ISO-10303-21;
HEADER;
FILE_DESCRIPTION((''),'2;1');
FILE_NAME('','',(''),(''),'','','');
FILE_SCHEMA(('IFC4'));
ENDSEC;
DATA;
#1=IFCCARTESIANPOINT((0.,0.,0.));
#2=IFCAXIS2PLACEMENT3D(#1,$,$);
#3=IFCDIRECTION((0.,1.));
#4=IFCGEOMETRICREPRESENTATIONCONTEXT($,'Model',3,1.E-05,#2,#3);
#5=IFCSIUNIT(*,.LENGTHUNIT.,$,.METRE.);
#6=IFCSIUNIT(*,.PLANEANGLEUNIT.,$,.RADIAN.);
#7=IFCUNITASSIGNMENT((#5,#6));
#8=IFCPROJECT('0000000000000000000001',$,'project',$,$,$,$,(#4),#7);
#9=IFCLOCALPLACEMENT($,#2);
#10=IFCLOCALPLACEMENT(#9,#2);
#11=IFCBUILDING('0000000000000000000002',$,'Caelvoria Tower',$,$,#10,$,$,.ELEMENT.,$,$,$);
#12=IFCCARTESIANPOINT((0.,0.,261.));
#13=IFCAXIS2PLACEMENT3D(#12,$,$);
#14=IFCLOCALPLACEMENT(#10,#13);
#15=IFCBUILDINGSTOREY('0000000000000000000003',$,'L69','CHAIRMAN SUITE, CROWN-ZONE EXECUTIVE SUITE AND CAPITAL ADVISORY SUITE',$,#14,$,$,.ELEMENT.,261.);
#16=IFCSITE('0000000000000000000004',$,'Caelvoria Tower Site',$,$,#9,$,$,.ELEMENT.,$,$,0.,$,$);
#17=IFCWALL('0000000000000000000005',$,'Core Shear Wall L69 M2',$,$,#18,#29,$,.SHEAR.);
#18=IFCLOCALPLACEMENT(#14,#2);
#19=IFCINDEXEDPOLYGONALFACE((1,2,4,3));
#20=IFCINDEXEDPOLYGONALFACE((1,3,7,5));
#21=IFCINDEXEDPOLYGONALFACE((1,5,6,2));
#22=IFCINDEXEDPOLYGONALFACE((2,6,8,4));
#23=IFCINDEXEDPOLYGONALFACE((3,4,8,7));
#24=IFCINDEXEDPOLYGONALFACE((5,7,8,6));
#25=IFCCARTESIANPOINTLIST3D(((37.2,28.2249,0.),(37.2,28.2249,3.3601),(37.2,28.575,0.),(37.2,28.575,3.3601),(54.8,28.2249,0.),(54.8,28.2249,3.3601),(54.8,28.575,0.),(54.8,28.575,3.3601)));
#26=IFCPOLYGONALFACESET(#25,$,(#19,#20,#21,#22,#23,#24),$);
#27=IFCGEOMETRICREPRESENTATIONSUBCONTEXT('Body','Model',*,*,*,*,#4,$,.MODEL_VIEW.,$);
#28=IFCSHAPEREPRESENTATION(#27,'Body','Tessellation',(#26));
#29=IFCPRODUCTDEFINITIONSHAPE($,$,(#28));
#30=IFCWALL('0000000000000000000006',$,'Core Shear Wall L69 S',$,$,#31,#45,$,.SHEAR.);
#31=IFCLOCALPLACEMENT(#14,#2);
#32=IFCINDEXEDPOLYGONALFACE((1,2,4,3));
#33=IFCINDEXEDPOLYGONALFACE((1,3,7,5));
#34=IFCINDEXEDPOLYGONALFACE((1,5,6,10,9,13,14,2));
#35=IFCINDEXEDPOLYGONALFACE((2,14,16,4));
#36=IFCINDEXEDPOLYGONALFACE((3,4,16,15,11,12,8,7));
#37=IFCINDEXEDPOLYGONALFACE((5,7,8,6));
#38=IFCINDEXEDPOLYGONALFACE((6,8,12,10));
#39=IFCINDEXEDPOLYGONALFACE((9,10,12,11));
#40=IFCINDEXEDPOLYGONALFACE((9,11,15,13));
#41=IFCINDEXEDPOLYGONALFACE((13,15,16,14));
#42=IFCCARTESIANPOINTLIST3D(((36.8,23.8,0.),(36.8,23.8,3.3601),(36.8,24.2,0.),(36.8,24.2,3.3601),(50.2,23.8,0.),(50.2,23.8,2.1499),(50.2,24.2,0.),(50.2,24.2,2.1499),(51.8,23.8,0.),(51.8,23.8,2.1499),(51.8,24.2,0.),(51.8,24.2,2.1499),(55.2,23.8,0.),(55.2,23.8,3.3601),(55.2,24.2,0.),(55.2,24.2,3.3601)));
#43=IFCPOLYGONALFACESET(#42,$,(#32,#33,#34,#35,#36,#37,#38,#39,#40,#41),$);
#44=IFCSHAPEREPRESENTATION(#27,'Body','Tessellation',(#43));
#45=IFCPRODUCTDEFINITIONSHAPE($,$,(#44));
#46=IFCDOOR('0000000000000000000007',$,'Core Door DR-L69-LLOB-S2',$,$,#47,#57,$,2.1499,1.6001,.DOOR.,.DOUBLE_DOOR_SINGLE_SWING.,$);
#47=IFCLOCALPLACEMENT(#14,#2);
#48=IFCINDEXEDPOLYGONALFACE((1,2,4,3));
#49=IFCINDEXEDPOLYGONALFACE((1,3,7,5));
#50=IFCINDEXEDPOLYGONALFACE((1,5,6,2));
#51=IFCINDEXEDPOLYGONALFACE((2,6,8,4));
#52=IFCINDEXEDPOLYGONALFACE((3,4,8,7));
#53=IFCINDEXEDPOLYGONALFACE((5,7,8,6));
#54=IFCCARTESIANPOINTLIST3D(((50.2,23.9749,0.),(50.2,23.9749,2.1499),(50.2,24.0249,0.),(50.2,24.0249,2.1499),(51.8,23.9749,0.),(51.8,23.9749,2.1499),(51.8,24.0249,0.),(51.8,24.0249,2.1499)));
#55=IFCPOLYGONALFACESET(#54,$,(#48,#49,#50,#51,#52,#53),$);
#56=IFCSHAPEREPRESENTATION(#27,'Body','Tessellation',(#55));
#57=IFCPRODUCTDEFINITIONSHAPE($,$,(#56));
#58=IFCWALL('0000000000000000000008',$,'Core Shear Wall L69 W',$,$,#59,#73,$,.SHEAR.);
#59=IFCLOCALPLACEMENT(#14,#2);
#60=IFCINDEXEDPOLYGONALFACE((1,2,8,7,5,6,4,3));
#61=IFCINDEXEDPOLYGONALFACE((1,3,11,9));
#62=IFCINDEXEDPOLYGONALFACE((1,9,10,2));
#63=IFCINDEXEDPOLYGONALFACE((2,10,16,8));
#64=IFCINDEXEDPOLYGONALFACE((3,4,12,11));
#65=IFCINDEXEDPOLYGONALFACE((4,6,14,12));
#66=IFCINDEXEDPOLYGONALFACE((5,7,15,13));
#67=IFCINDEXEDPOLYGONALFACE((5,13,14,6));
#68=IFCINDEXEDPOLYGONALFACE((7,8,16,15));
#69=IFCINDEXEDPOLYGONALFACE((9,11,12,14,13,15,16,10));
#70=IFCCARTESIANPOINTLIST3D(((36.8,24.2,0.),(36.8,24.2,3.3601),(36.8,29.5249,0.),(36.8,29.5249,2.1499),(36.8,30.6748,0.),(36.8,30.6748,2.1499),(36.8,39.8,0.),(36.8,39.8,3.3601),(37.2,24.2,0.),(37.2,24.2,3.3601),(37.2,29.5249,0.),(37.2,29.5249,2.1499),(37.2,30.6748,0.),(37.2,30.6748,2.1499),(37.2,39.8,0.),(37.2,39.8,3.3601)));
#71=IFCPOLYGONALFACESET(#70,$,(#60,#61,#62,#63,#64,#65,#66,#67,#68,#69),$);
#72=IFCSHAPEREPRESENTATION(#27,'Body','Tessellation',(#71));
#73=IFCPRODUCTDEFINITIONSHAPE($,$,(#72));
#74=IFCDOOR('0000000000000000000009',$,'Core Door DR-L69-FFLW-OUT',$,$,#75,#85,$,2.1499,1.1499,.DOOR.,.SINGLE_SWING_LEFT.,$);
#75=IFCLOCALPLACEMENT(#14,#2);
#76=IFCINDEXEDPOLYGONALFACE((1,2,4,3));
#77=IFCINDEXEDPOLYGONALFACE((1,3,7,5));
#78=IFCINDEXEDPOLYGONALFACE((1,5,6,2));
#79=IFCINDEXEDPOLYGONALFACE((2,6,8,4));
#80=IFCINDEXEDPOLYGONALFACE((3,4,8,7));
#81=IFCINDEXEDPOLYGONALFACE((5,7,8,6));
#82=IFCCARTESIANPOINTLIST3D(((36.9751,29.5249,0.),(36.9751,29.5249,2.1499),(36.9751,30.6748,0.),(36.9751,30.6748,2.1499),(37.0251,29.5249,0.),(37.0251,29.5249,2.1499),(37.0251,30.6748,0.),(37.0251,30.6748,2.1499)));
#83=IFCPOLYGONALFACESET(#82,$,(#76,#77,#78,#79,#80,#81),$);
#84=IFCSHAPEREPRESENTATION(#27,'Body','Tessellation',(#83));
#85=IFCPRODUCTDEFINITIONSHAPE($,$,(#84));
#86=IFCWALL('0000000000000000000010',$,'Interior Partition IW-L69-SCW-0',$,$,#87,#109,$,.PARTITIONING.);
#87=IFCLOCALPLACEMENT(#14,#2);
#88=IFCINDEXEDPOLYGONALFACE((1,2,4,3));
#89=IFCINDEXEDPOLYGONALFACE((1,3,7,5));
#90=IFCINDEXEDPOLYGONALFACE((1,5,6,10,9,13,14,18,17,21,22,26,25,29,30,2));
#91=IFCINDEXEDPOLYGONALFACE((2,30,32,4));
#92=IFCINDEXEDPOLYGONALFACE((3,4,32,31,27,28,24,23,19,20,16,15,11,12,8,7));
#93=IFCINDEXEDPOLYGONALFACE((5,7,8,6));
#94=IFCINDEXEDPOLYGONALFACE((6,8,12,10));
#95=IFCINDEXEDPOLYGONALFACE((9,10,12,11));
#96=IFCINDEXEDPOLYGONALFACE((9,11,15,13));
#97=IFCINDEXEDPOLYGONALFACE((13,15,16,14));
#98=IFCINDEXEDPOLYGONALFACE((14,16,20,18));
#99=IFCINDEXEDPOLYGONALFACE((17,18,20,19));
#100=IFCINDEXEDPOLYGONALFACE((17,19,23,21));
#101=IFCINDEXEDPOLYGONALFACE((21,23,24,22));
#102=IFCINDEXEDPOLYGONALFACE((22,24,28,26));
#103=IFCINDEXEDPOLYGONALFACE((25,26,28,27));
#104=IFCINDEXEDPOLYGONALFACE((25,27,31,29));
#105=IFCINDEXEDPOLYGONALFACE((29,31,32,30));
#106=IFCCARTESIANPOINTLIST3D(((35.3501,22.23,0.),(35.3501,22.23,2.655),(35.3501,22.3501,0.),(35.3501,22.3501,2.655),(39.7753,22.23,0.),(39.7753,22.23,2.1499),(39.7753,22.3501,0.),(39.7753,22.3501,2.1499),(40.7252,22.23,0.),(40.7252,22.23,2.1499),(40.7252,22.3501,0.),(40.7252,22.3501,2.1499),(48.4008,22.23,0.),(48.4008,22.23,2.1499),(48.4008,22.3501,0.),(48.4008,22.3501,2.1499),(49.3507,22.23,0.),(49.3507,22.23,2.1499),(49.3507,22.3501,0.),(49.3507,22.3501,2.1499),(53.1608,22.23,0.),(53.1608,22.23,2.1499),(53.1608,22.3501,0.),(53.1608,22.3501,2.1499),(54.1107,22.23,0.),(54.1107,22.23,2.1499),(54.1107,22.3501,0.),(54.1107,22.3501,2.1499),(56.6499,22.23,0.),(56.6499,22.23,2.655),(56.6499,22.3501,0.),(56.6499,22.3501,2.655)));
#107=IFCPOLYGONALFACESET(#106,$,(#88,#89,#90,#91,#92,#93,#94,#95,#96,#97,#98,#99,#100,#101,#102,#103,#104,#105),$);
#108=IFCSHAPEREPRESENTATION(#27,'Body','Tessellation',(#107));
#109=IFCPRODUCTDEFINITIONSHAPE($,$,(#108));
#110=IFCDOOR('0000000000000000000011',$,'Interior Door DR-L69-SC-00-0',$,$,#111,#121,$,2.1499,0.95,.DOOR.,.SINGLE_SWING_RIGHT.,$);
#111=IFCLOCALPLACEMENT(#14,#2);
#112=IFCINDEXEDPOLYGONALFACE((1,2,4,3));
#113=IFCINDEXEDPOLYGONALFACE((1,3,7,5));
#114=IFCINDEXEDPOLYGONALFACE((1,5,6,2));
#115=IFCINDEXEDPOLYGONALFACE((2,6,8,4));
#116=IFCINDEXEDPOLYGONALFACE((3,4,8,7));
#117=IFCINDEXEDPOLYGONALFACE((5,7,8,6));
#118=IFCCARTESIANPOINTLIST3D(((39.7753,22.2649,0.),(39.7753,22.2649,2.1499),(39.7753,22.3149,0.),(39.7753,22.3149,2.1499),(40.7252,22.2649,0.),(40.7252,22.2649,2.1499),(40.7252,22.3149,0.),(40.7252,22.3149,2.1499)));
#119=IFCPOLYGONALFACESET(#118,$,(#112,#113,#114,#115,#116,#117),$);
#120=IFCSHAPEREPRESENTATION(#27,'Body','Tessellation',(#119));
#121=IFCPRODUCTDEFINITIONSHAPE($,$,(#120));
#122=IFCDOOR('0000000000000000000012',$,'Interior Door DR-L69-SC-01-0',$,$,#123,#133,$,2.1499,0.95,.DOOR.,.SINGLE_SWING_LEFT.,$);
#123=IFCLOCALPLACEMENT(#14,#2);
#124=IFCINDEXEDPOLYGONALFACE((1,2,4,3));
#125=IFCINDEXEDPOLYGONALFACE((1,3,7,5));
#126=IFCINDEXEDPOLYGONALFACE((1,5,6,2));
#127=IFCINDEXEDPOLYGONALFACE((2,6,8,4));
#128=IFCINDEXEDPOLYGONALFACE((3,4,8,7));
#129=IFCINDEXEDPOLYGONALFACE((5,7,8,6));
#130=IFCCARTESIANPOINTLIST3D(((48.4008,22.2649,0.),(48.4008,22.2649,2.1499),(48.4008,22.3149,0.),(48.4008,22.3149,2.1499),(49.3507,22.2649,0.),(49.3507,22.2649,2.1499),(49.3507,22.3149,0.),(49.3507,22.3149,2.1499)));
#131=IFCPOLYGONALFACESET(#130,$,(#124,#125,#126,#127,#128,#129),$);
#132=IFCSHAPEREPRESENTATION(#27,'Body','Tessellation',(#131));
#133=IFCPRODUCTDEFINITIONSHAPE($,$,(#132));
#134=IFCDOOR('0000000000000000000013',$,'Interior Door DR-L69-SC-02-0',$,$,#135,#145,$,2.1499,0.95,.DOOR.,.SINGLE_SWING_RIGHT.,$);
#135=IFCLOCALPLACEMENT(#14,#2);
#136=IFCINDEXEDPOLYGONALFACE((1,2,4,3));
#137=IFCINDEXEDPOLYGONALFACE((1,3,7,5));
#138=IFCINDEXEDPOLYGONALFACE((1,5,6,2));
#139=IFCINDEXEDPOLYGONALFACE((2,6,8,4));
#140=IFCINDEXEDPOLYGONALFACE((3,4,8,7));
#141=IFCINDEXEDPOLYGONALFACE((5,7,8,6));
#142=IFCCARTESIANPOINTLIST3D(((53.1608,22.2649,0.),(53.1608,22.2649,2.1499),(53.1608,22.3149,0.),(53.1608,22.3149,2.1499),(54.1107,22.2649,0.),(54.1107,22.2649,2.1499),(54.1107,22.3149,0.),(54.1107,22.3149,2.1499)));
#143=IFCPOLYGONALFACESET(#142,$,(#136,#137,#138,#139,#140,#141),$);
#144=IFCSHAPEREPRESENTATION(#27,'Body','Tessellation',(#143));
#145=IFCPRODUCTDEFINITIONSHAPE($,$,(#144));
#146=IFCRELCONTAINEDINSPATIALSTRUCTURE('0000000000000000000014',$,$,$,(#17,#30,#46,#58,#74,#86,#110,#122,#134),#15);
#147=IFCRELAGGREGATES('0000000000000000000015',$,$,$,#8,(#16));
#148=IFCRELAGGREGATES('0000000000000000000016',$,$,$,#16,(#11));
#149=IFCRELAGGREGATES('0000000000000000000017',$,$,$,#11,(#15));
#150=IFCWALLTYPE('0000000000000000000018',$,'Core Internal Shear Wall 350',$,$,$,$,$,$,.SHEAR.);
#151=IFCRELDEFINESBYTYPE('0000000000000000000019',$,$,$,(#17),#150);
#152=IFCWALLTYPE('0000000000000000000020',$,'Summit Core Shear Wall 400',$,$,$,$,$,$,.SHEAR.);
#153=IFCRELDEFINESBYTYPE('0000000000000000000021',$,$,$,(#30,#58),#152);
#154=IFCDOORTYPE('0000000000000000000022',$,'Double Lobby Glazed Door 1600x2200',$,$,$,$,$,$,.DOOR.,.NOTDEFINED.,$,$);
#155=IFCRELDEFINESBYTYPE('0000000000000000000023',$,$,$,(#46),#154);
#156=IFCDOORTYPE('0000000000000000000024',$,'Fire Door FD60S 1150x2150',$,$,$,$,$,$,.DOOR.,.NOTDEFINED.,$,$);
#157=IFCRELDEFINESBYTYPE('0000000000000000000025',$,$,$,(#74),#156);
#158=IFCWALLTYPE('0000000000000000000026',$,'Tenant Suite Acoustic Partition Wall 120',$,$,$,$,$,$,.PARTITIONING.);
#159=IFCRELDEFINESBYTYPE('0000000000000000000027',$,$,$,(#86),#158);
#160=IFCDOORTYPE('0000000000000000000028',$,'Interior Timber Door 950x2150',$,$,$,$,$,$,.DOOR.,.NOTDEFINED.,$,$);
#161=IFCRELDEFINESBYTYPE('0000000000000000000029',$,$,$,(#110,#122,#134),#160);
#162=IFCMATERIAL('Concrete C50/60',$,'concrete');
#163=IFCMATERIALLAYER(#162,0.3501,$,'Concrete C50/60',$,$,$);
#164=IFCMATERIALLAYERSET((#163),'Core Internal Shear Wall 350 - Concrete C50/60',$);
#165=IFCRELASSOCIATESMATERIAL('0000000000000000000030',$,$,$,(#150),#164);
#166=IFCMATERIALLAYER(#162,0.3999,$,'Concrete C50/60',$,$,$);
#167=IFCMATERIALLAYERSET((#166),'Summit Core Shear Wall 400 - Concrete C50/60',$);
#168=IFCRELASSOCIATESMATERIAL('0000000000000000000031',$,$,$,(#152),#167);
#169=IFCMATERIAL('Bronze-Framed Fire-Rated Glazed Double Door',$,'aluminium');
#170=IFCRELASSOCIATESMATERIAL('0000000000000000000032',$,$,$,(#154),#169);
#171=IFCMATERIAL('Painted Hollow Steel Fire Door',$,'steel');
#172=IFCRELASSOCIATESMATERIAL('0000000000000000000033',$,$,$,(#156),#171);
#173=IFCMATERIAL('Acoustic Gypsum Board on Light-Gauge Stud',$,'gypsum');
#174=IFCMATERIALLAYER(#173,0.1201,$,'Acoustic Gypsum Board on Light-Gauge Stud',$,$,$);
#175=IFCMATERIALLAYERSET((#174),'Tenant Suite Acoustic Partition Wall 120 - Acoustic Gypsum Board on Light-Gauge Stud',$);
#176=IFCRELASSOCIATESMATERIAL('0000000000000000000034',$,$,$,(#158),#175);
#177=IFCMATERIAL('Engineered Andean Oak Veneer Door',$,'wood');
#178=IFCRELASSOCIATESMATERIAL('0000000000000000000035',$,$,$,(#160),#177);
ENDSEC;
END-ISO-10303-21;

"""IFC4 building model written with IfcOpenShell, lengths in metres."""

from ifc_helpers import new_model, si_unit, direction, frame, frame_2d, origin, place, context, subcontext, project, spatial, rectangle, extrude, material, layer, layer_set, type_object, element, fill, save


model = new_model("IFC4")

# Units and contexts
model_context = context("Model", 3, precision=1e-05, world=origin(), true_north=direction((0.0, 1.0)))
body_context = subcontext(model_context, "Body", "Model", "MODEL_VIEW")
ifc_project = project(units=[si_unit("LENGTHUNIT", "METRE"), si_unit("PLANEANGLEUNIT", "RADIAN")], contexts=[model_context])

# Site, building, storey
site_placement = place(None, origin())
site = spatial("IfcSite", under=ifc_project, at=site_placement, Name="Caelvoria Tower Site", CompositionType="ELEMENT", RefElevation=0.0)
building_placement = place(site_placement, origin())
building = spatial("IfcBuilding", under=site, at=building_placement, Name="Caelvoria Tower", CompositionType="ELEMENT")
storey_placement = place(building_placement, frame((0.0, 0.0, 261.0)))
storey = spatial("IfcBuildingStorey", under=building, at=storey_placement, Name="L69", Description="CHAIRMAN SUITE, CROWN-ZONE EXECUTIVE SUITE AND CAPITAL ADVISORY SUITE", CompositionType="ELEMENT", Elevation=261.0)

# Wall
ifc_material_1 = material(Name="Concrete C50/60", Category="concrete")
ifc_layer_1 = layer(ifc_material_1, 0.3501, Name="Concrete C50/60")
ifc_layer_set_1 = layer_set([ifc_layer_1], Name="Core Internal Shear Wall 350 - Concrete C50/60")
wall_type_1 = type_object("IfcWallType", Name="Core Internal Shear Wall 350", PredefinedType="SHEAR", material=ifc_layer_set_1)
wall_1_placement = place(storey_placement, frame((37.2, 28.3999, 0.0), z_axis=(0.0, 0.0, 1.0), x_axis=(1.0, 0.0, 0.0)))
element("IfcWall", 1, at=wall_1_placement, inside=storey, type_object=wall_type_1, Name="Core Shear Wall L69 M2", PredefinedType="SHEAR", context=body_context, shape_type="SweptSolid", body=[
    extrude(rectangle(XDim=17.6001, YDim=0.3501, at=frame_2d((8.8, 0.0))), origin(), (0.0, 0.0, 1.0), 3.3601),
])

# Walls, openings, doors
ifc_layer_2 = layer(ifc_material_1, 0.3999, Name="Concrete C50/60")
ifc_layer_set_2 = layer_set([ifc_layer_2], Name="Summit Core Shear Wall 400 - Concrete C50/60")
wall_type_2 = type_object("IfcWallType", Name="Summit Core Shear Wall 400", PredefinedType="SHEAR", material=ifc_layer_set_2)
wall_2_placement = place(storey_placement, frame((36.8, 24.0, 0.0), z_axis=(0.0, 0.0, 1.0), x_axis=(1.0, 0.0, 0.0)))
wall_2 = element("IfcWall", 2, at=wall_2_placement, inside=storey, type_object=wall_type_2, Name="Core Shear Wall L69 S", PredefinedType="SHEAR", context=body_context, shape_type="SweptSolid", body=[
    extrude(rectangle(XDim=18.3999, YDim=0.3999, at=frame_2d((9.2, 0.0))), origin(), (0.0, 0.0, 1.0), 3.3601),
])
opening_1_placement = place(wall_2_placement, frame((13.3999, 0.0, 0.0)))
opening_1 = element("IfcOpeningElement", 3, at=opening_1_placement, cuts=wall_2, PredefinedType="OPENING", context=body_context, shape_type="SweptSolid", body=[
    extrude(rectangle(XDim=1.6001, YDim=2.1499, at=frame_2d((0.8, 1.075))), frame((0.0, 0.21, 0.0), z_axis=(0.0, -1.0, 0.0), x_axis=(1.0, 0.0, 0.0)), (0.0, 0.0, 1.0), 0.4199),
])
ifc_material_2 = material(Name="Bronze-Framed Fire-Rated Glazed Double Door", Category="aluminium")
door_type_1 = type_object("IfcDoorType", Name="Double Lobby Glazed Door 1600x2200", OperationType="NOTDEFINED", PredefinedType="DOOR", material=ifc_material_2)
door_1_placement = place(opening_1_placement, origin())
door_1 = element("IfcDoor", 4, at=door_1_placement, inside=storey, type_object=door_type_1, Name="Core Door DR-L69-LLOB-S2", OperationType="DOUBLE_DOOR_SINGLE_SWING", OverallHeight=2.1499, OverallWidth=1.6001, PredefinedType="DOOR", context=body_context, shape_type="SweptSolid", body=[
    extrude(rectangle(XDim=1.6001, YDim=2.1499, at=frame_2d((0.8, 1.075))), frame((0.0, 0.0249, 0.0), z_axis=(0.0, -1.0, 0.0), x_axis=(1.0, 0.0, 0.0)), (0.0, 0.0, 1.0), 0.05),
])
fill(opening_1, door_1)
wall_3_placement = place(storey_placement, frame((37.0, 24.2, 0.0), z_axis=(0.0, 0.0, 1.0), x_axis=(0.0, 1.0, 0.0)))
wall_3 = element("IfcWall", 5, at=wall_3_placement, inside=storey, type_object=wall_type_2, Name="Core Shear Wall L69 W", PredefinedType="SHEAR", context=body_context, shape_type="SweptSolid", body=[
    extrude(rectangle(XDim=15.6001, YDim=0.3999, at=frame_2d((7.8, 0.0))), origin(), (0.0, 0.0, 1.0), 3.3601),
])
opening_2_placement = place(wall_3_placement, frame((5.325, 0.0, 0.0)))
opening_2 = element("IfcOpeningElement", 6, at=opening_2_placement, cuts=wall_3, PredefinedType="OPENING", context=body_context, shape_type="SweptSolid", body=[
    extrude(rectangle(XDim=1.1499, YDim=2.1499, at=frame_2d((0.575, 1.075))), frame((0.0, 0.21, 0.0), z_axis=(0.0, -1.0, 0.0), x_axis=(1.0, 0.0, 0.0)), (0.0, 0.0, 1.0), 0.4199),
])
ifc_material_3 = material(Name="Painted Hollow Steel Fire Door", Category="steel")
door_type_2 = type_object("IfcDoorType", Name="Fire Door FD60S 1150x2150", OperationType="NOTDEFINED", PredefinedType="DOOR", material=ifc_material_3)
door_2_placement = place(opening_2_placement, origin())
door_2 = element("IfcDoor", 7, at=door_2_placement, inside=storey, type_object=door_type_2, Name="Core Door DR-L69-FFLW-OUT", OperationType="SINGLE_SWING_LEFT", OverallHeight=2.1499, OverallWidth=1.1499, PredefinedType="DOOR", context=body_context, shape_type="SweptSolid", body=[
    extrude(rectangle(XDim=1.1499, YDim=2.1499, at=frame_2d((0.575, 1.075))), frame((0.0, 0.0249, 0.0), z_axis=(0.0, -1.0, 0.0), x_axis=(1.0, 0.0, 0.0)), (0.0, 0.0, 1.0), 0.05),
])
fill(opening_2, door_2)

# Wall, openings, doors
ifc_material_4 = material(Name="Acoustic Gypsum Board on Light-Gauge Stud", Category="gypsum")
ifc_layer_3 = layer(ifc_material_4, 0.1201, Name="Acoustic Gypsum Board on Light-Gauge Stud")
ifc_layer_set_3 = layer_set([ifc_layer_3], Name="Tenant Suite Acoustic Partition Wall 120 - Acoustic Gypsum Board on Light-Gauge Stud")
wall_type_3 = type_object("IfcWallType", Name="Tenant Suite Acoustic Partition Wall 120", PredefinedType="PARTITIONING", material=ifc_layer_set_3)
wall_4_placement = place(storey_placement, frame((35.3501, 22.29, 0.0), z_axis=(0.0, 0.0, 1.0), x_axis=(1.0, 0.0, 0.0)))
wall_4 = element("IfcWall", 8, at=wall_4_placement, inside=storey, type_object=wall_type_3, Name="Interior Partition IW-L69-SCW-0", PredefinedType="PARTITIONING", context=body_context, shape_type="SweptSolid", body=[
    extrude(rectangle(XDim=21.2998, YDim=0.1201, at=frame_2d((10.6499, 0.0))), origin(), (0.0, 0.0, 1.0), 2.655),
])
opening_3_placement = place(wall_4_placement, frame((4.425, 0.0, 0.0)))
opening_3 = element("IfcOpeningElement", 9, at=opening_3_placement, cuts=wall_4, PredefinedType="OPENING", context=body_context, shape_type="SweptSolid", body=[
    extrude(rectangle(XDim=0.95, YDim=2.1499, at=frame_2d((0.4751, 1.075))), frame((0.0, 0.0701, 0.0), z_axis=(0.0, -1.0, 0.0), x_axis=(1.0, 0.0, 0.0)), (0.0, 0.0, 1.0), 0.1401),
])
opening_4_placement = place(wall_4_placement, frame((13.0505, 0.0, 0.0)))
opening_4 = element("IfcOpeningElement", 10, at=opening_4_placement, cuts=wall_4, PredefinedType="OPENING", context=body_context, shape_type="SweptSolid", body=[
    extrude(rectangle(XDim=0.95, YDim=2.1499, at=frame_2d((0.4751, 1.075))), frame((0.0, 0.0701, 0.0), z_axis=(0.0, -1.0, 0.0), x_axis=(1.0, 0.0, 0.0)), (0.0, 0.0, 1.0), 0.1401),
])
opening_5_placement = place(wall_4_placement, frame((17.8105, 0.0, 0.0)))
opening_5 = element("IfcOpeningElement", 11, at=opening_5_placement, cuts=wall_4, PredefinedType="OPENING", context=body_context, shape_type="SweptSolid", body=[
    extrude(rectangle(XDim=0.95, YDim=2.1499, at=frame_2d((0.4751, 1.075))), frame((0.0, 0.0701, 0.0), z_axis=(0.0, -1.0, 0.0), x_axis=(1.0, 0.0, 0.0)), (0.0, 0.0, 1.0), 0.1401),
])
ifc_material_5 = material(Name="Engineered Andean Oak Veneer Door", Category="wood")
door_type_3 = type_object("IfcDoorType", Name="Interior Timber Door 950x2150", OperationType="NOTDEFINED", PredefinedType="DOOR", material=ifc_material_5)
door_3_placement = place(opening_3_placement, origin())
door_3 = element("IfcDoor", 12, at=door_3_placement, inside=storey, type_object=door_type_3, Name="Interior Door DR-L69-SC-00-0", OperationType="SINGLE_SWING_RIGHT", OverallHeight=2.1499, OverallWidth=0.95, PredefinedType="DOOR", context=body_context, shape_type="SweptSolid", body=[
    extrude(rectangle(XDim=0.95, YDim=2.1499, at=frame_2d((0.4751, 1.075))), frame((0.0, 0.0249, 0.0), z_axis=(0.0, -1.0, 0.0), x_axis=(1.0, 0.0, 0.0)), (0.0, 0.0, 1.0), 0.05),
])
fill(opening_3, door_3)
door_4_placement = place(opening_4_placement, origin())
door_4 = element("IfcDoor", 13, at=door_4_placement, inside=storey, type_object=door_type_3, Name="Interior Door DR-L69-SC-01-0", OperationType="SINGLE_SWING_LEFT", OverallHeight=2.1499, OverallWidth=0.95, PredefinedType="DOOR", context=body_context, shape_type="SweptSolid", body=[
    extrude(rectangle(XDim=0.95, YDim=2.1499, at=frame_2d((0.4751, 1.075))), frame((0.0, 0.0249, 0.0), z_axis=(0.0, -1.0, 0.0), x_axis=(1.0, 0.0, 0.0)), (0.0, 0.0, 1.0), 0.05),
])
fill(opening_4, door_4)
door_5_placement = place(opening_5_placement, origin())
door_5 = element("IfcDoor", 14, at=door_5_placement, inside=storey, type_object=door_type_3, Name="Interior Door DR-L69-SC-02-0", OperationType="SINGLE_SWING_RIGHT", OverallHeight=2.1499, OverallWidth=0.95, PredefinedType="DOOR", context=body_context, shape_type="SweptSolid", body=[
    extrude(rectangle(XDim=0.95, YDim=2.1499, at=frame_2d((0.4751, 1.075))), frame((0.0, 0.0249, 0.0), z_axis=(0.0, -1.0, 0.0), x_axis=(1.0, 0.0, 0.0)), (0.0, 0.0, 1.0), 0.05),
])
fill(opening_5, door_5)

save(model, "model.ifc")
